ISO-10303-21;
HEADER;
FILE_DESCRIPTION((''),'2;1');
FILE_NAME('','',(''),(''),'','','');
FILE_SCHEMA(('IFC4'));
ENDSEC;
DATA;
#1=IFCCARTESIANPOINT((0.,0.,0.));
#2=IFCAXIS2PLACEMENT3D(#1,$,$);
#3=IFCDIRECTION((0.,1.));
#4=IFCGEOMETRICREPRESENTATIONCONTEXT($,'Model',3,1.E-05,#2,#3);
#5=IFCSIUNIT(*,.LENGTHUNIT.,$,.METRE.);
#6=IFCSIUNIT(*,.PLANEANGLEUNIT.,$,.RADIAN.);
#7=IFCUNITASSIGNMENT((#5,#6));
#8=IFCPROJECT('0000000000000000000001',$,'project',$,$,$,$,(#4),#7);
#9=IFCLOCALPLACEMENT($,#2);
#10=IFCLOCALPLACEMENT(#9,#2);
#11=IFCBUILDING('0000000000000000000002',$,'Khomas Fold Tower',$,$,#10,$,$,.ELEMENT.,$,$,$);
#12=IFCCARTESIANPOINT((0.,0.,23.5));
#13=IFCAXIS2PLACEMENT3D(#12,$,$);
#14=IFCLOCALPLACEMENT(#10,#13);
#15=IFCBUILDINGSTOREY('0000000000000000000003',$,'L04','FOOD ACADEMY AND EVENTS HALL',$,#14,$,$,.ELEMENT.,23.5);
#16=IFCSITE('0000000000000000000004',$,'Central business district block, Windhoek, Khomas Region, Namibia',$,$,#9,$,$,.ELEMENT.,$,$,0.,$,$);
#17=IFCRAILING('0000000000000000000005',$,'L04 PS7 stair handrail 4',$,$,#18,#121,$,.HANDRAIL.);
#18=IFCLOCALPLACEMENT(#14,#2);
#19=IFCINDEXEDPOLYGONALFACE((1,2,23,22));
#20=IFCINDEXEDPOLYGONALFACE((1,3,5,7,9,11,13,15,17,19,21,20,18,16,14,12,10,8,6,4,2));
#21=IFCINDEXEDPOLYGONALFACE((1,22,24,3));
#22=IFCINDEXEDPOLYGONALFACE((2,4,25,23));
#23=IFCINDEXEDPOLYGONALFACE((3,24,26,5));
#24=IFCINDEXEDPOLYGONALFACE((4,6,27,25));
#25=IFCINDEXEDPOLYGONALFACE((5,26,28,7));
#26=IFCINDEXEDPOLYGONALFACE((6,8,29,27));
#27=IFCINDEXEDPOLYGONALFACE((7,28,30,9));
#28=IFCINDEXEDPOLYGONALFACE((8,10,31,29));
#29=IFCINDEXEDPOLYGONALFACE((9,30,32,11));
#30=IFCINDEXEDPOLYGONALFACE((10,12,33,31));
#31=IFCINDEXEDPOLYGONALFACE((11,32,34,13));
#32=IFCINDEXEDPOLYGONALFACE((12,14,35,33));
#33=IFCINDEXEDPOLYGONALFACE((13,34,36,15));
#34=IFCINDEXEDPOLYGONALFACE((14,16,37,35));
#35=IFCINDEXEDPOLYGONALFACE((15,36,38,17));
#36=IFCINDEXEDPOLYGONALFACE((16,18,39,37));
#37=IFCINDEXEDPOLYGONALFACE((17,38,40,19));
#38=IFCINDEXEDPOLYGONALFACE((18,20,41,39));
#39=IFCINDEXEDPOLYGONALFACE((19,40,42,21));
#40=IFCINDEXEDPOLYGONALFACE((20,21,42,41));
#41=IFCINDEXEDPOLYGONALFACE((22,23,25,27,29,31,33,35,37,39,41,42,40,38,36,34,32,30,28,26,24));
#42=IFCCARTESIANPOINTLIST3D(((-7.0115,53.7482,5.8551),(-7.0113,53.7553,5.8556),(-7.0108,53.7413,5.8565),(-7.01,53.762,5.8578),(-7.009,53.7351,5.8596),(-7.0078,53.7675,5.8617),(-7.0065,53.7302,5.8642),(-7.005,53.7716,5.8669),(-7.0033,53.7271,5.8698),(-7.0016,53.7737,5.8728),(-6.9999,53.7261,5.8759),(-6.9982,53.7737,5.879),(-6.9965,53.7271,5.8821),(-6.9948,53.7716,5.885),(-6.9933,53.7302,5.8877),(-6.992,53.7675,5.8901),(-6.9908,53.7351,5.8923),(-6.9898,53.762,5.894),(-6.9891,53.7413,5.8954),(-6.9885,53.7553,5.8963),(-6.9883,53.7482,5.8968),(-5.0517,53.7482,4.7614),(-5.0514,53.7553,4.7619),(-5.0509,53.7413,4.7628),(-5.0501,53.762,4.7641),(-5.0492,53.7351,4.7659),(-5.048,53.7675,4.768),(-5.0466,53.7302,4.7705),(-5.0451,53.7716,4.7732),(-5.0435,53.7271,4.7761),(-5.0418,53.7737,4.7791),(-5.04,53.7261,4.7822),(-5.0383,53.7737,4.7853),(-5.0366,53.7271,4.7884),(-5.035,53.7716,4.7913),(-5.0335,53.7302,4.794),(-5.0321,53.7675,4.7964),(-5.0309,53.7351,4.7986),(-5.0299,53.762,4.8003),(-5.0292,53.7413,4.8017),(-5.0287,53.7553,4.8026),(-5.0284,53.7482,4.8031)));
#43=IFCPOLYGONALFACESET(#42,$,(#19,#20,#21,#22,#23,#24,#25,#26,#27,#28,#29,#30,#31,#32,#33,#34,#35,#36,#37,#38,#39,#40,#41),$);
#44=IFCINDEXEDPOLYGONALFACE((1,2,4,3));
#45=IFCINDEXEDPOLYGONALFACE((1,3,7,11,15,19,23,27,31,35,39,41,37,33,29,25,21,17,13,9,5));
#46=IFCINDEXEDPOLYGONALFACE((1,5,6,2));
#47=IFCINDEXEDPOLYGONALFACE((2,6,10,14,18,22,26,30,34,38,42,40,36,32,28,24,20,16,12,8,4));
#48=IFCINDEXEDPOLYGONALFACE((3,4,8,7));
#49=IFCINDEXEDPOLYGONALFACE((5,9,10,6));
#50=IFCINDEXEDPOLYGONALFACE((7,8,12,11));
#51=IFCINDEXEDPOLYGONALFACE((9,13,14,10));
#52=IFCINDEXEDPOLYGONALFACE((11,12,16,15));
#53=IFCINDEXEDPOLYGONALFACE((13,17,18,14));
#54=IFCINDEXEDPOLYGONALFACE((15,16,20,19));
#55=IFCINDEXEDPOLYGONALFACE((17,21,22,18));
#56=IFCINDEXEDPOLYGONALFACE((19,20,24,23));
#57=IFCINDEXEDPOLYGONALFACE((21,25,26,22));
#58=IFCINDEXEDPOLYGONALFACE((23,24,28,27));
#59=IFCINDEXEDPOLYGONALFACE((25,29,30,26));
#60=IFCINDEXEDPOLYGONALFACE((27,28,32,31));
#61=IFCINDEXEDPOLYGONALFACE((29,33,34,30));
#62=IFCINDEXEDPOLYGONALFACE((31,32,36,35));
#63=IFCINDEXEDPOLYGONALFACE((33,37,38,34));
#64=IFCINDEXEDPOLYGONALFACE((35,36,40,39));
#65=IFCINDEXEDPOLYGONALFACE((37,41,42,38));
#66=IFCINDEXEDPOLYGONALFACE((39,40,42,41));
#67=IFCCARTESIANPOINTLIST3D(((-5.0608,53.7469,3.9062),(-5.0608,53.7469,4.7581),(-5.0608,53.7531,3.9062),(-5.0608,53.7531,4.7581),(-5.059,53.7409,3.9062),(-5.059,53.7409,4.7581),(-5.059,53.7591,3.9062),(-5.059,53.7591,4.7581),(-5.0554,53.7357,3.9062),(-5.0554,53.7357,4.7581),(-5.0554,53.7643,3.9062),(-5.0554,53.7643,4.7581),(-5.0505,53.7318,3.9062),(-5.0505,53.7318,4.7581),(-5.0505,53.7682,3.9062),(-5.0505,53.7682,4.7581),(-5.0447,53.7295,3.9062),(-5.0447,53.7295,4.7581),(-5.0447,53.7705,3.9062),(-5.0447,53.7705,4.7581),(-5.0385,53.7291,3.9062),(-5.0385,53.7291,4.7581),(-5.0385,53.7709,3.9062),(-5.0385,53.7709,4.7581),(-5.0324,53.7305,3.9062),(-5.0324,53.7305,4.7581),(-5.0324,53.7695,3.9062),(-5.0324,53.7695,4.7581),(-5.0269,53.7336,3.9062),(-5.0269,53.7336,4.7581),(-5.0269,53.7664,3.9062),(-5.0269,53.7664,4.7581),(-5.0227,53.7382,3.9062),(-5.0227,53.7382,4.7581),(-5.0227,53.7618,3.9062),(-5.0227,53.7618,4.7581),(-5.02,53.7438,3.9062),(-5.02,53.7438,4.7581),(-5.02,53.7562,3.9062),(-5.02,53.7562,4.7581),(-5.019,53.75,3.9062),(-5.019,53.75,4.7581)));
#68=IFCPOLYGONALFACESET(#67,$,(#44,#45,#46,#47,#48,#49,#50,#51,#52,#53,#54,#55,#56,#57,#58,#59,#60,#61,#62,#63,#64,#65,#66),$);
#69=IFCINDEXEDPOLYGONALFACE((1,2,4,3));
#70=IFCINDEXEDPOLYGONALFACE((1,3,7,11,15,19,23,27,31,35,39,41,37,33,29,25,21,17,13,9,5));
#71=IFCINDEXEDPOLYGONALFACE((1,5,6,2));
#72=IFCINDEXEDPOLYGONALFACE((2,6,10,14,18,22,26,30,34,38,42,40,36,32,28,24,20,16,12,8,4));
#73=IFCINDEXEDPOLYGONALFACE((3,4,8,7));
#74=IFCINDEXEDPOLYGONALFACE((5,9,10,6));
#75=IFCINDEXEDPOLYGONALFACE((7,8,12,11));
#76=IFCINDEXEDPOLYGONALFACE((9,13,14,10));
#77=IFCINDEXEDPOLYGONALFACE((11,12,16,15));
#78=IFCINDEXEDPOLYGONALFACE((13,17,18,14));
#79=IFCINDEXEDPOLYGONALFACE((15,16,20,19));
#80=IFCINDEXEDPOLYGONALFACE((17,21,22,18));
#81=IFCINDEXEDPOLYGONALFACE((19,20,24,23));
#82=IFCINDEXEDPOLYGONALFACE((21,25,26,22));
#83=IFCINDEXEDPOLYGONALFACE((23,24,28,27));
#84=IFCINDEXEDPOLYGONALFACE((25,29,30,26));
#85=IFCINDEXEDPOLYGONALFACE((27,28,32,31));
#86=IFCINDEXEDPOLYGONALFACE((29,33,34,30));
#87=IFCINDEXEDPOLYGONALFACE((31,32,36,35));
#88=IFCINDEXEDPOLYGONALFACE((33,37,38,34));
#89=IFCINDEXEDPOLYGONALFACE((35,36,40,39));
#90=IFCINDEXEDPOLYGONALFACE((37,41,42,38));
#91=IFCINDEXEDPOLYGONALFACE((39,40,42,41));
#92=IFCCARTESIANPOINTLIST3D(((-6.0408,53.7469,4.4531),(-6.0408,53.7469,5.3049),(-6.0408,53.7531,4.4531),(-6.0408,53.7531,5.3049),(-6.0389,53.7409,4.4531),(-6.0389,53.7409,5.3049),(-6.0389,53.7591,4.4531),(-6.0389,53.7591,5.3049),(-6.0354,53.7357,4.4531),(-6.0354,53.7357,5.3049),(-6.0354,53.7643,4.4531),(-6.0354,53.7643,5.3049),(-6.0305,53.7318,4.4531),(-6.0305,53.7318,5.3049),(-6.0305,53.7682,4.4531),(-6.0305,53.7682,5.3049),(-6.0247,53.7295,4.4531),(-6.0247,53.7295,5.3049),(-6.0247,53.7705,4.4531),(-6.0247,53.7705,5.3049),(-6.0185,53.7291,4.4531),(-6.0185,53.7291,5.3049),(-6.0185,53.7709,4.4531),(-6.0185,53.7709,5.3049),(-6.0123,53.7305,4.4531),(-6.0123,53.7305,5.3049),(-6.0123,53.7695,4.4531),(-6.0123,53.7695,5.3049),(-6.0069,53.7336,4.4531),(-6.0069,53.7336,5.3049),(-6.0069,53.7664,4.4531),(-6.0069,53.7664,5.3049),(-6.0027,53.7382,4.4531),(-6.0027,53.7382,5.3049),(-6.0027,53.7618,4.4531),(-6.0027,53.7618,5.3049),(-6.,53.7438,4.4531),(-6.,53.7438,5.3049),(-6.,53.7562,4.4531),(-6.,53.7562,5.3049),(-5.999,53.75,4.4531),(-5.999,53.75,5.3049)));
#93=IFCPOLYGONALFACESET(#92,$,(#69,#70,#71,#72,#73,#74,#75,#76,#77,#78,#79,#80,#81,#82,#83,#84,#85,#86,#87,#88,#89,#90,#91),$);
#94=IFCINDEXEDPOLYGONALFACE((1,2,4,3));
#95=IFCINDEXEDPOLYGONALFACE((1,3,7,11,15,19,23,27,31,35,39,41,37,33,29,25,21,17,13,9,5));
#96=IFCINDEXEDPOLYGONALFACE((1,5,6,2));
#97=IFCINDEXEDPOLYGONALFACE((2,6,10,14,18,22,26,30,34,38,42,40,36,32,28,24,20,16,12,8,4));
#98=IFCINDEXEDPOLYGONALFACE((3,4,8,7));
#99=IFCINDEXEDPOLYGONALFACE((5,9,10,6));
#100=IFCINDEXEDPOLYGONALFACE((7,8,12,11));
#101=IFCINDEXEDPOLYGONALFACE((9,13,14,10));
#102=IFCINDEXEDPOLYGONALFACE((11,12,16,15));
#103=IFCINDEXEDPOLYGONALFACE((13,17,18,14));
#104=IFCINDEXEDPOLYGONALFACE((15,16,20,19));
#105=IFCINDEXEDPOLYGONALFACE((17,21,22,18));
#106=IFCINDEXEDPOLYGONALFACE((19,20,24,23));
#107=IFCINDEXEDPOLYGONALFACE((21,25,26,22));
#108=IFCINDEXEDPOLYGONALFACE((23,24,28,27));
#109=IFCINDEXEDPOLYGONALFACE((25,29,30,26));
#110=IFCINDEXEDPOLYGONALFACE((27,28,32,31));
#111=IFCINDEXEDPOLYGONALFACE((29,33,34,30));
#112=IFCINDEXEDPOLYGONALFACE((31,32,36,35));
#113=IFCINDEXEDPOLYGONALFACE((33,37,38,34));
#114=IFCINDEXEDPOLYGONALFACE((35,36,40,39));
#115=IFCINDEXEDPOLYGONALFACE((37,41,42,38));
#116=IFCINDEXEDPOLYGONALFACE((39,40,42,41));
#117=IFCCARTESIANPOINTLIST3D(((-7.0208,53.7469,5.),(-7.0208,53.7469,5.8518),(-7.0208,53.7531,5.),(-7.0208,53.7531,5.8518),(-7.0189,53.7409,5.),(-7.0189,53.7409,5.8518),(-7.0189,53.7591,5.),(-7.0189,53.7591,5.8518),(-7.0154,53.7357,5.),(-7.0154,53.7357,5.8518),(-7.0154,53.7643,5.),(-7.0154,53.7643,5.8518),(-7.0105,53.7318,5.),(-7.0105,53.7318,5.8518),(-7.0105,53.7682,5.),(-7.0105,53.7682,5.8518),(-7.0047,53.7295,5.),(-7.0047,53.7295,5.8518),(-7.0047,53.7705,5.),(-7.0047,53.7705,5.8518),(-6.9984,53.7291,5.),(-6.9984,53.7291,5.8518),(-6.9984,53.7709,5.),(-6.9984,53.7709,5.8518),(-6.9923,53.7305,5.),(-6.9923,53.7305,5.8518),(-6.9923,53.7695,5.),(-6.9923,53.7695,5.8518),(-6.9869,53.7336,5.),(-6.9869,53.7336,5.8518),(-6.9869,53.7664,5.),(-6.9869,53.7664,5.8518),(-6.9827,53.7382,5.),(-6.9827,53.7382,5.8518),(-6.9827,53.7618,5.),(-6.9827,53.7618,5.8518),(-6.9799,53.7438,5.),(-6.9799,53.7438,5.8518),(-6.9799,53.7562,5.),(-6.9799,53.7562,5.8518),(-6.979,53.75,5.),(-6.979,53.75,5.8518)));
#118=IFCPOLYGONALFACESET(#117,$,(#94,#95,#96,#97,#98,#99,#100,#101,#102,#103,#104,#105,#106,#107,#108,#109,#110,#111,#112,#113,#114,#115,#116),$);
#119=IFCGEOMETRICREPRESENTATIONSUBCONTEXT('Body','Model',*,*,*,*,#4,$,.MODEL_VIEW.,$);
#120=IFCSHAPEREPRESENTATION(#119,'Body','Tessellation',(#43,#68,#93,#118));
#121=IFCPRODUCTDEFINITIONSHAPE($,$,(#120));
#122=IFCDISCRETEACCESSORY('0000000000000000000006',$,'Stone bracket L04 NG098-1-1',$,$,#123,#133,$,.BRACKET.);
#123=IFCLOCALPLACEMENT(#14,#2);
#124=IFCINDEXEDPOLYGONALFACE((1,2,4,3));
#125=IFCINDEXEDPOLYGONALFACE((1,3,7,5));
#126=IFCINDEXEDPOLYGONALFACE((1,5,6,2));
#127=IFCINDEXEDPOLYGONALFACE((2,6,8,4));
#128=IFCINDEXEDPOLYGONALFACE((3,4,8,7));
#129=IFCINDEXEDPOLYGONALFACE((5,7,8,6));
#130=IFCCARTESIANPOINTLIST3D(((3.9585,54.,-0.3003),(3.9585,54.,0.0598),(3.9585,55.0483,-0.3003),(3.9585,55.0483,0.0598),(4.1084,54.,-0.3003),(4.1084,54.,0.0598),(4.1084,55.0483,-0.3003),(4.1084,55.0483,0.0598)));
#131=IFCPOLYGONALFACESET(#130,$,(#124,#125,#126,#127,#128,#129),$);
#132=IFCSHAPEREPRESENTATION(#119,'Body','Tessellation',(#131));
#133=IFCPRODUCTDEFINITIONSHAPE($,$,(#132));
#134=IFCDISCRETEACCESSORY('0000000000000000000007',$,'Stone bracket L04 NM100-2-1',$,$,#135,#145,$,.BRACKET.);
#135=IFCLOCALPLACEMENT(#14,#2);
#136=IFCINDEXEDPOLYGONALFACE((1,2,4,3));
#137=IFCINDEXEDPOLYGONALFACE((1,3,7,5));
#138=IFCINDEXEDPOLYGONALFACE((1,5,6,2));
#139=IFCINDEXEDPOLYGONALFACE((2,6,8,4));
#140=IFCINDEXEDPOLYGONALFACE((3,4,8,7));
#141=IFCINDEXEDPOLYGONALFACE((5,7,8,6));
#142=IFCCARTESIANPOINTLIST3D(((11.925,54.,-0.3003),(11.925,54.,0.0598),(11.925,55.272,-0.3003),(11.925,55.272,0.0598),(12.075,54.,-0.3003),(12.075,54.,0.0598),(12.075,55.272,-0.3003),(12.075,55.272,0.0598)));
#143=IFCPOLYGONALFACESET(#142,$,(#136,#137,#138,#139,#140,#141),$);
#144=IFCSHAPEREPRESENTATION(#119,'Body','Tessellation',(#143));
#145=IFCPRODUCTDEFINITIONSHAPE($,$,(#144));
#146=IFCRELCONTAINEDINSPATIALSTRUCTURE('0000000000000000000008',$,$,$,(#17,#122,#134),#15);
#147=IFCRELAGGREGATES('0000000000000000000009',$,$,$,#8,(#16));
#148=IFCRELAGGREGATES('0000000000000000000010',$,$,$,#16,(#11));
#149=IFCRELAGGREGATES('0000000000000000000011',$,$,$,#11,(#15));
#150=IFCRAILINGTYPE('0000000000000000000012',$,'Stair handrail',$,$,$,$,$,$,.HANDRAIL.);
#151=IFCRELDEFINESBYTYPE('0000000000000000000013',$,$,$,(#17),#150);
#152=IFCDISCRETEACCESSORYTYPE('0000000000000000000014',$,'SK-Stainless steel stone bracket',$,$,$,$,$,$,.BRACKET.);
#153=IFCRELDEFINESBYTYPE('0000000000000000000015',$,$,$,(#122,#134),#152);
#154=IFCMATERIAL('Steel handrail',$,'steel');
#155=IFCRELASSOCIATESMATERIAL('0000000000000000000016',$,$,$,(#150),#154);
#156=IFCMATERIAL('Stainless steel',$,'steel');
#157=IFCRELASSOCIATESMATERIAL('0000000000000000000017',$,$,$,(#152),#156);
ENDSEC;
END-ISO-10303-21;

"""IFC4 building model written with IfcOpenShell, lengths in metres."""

from ifc_helpers import new_model, si_unit, direction, frame, origin, origin_2d, place, context, subcontext, project, spatial, rectangle, circle, extrude, source, transform, mapped, material, type_object, element, save


model = new_model("IFC4")

# Units and contexts
model_context = context("Model", 3, precision=1e-05, world=origin(), true_north=direction((0.0, 1.0)))
body_context = subcontext(model_context, "Body", "Model", "MODEL_VIEW")
ifc_project = project(units=[si_unit("LENGTHUNIT", "METRE"), si_unit("PLANEANGLEUNIT", "RADIAN")], contexts=[model_context])

# Site, building, storey
site_placement = place(None, origin())
site = spatial("IfcSite", under=ifc_project, at=site_placement, Name="Central business district block, Windhoek, Khomas Region, Namibia", CompositionType="ELEMENT", RefElevation=0.0)
building_placement = place(site_placement, origin())
building = spatial("IfcBuilding", under=site, at=building_placement, Name="Khomas Fold Tower", CompositionType="ELEMENT")
storey_placement = place(building_placement, frame((0.0, 0.0, 23.5)))
storey = spatial("IfcBuildingStorey", under=building, at=storey_placement, Name="L04", Description="FOOD ACADEMY AND EVENTS HALL", CompositionType="ELEMENT", Elevation=23.5)

# Railing
ifc_material_1 = material(Name="Steel handrail", Category="steel")
railing_type_1 = type_object("IfcRailingType", Name="Stair handrail", PredefinedType="HANDRAIL", material=ifc_material_1)
shared_shape_1 = source(origin(), body_context, "Body", "SweptSolid", [
    extrude(circle(Radius=0.0239, at=origin_2d()), frame((0.0, 0.0, 0.876), z_axis=(-0.873232, 0.0, 0.487304), x_axis=(0.0, -1.0, 0.0)), (0.0, 0.0, 1.0), 2.2444),
    extrude(circle(Radius=0.021, at=origin_2d()), origin(), (0.0, 0.0, 1.0), 0.8518),
    extrude(circle(Radius=0.021, at=origin_2d()), frame((-0.98, 0.0, 0.5469)), (0.0, 0.0, 1.0), 0.8518),
    extrude(circle(Radius=0.021, at=origin_2d()), frame((-1.96, 0.0, 1.0938)), (0.0, 0.0, 1.0), 0.8518),
])
for number, where, name in (
    (1, (-5.04, 53.75, 3.9062), "L04 PS7 stair handrail 4"),
):
    element("IfcRailing", number, at=place(storey_placement, frame(where)), inside=storey, type_object=railing_type_1, Name=name, PredefinedType="HANDRAIL", context=body_context, shape_type="MappedRepresentation", body=[
        mapped(shared_shape_1, transform((0.0, 0.0, 0.0))),
    ])

# Discrete accessories
ifc_material_2 = material(Name="Stainless steel", Category="steel")
discrete_accessory_type = type_object("IfcDiscreteAccessoryType", Name="SK-Stainless steel stone bracket", PredefinedType="BRACKET", material=ifc_material_2)
shared_shape_2 = source(origin(), body_context, "Body", "SweptSolid", [
    extrude(rectangle(XDim=1.0483, YDim=0.1499, at=origin_2d()), origin(), (0.0, 0.0, 1.0), 0.3601),
])
discrete_accessory_1_placement = place(storey_placement, frame((4.0334, 54.5242, -0.3003), z_axis=(0.0, 0.0, 1.0), x_axis=(0.0, 1.0, 0.0)))
element("IfcDiscreteAccessory", 2, at=discrete_accessory_1_placement, inside=storey, type_object=discrete_accessory_type, Name="Stone bracket L04 NG098-1-1", PredefinedType="BRACKET", context=body_context, shape_type="MappedRepresentation", body=[
    mapped(shared_shape_2, transform((0.0, 0.0, 0.0))),
])
shared_shape_3 = source(origin(), body_context, "Body", "SweptSolid", [
    extrude(rectangle(XDim=1.272, YDim=0.1499, at=origin_2d()), origin(), (0.0, 0.0, 1.0), 0.3601),
])
discrete_accessory_2_placement = place(storey_placement, frame((12.0, 54.636, -0.3003), z_axis=(0.0, 0.0, 1.0), x_axis=(0.0, 1.0, 0.0)))
element("IfcDiscreteAccessory", 3, at=discrete_accessory_2_placement, inside=storey, type_object=discrete_accessory_type, Name="Stone bracket L04 NM100-2-1", PredefinedType="BRACKET", context=body_context, shape_type="MappedRepresentation", body=[
    mapped(shared_shape_3, transform((0.0, 0.0, 0.0))),
])

save(model, "model.ifc")
